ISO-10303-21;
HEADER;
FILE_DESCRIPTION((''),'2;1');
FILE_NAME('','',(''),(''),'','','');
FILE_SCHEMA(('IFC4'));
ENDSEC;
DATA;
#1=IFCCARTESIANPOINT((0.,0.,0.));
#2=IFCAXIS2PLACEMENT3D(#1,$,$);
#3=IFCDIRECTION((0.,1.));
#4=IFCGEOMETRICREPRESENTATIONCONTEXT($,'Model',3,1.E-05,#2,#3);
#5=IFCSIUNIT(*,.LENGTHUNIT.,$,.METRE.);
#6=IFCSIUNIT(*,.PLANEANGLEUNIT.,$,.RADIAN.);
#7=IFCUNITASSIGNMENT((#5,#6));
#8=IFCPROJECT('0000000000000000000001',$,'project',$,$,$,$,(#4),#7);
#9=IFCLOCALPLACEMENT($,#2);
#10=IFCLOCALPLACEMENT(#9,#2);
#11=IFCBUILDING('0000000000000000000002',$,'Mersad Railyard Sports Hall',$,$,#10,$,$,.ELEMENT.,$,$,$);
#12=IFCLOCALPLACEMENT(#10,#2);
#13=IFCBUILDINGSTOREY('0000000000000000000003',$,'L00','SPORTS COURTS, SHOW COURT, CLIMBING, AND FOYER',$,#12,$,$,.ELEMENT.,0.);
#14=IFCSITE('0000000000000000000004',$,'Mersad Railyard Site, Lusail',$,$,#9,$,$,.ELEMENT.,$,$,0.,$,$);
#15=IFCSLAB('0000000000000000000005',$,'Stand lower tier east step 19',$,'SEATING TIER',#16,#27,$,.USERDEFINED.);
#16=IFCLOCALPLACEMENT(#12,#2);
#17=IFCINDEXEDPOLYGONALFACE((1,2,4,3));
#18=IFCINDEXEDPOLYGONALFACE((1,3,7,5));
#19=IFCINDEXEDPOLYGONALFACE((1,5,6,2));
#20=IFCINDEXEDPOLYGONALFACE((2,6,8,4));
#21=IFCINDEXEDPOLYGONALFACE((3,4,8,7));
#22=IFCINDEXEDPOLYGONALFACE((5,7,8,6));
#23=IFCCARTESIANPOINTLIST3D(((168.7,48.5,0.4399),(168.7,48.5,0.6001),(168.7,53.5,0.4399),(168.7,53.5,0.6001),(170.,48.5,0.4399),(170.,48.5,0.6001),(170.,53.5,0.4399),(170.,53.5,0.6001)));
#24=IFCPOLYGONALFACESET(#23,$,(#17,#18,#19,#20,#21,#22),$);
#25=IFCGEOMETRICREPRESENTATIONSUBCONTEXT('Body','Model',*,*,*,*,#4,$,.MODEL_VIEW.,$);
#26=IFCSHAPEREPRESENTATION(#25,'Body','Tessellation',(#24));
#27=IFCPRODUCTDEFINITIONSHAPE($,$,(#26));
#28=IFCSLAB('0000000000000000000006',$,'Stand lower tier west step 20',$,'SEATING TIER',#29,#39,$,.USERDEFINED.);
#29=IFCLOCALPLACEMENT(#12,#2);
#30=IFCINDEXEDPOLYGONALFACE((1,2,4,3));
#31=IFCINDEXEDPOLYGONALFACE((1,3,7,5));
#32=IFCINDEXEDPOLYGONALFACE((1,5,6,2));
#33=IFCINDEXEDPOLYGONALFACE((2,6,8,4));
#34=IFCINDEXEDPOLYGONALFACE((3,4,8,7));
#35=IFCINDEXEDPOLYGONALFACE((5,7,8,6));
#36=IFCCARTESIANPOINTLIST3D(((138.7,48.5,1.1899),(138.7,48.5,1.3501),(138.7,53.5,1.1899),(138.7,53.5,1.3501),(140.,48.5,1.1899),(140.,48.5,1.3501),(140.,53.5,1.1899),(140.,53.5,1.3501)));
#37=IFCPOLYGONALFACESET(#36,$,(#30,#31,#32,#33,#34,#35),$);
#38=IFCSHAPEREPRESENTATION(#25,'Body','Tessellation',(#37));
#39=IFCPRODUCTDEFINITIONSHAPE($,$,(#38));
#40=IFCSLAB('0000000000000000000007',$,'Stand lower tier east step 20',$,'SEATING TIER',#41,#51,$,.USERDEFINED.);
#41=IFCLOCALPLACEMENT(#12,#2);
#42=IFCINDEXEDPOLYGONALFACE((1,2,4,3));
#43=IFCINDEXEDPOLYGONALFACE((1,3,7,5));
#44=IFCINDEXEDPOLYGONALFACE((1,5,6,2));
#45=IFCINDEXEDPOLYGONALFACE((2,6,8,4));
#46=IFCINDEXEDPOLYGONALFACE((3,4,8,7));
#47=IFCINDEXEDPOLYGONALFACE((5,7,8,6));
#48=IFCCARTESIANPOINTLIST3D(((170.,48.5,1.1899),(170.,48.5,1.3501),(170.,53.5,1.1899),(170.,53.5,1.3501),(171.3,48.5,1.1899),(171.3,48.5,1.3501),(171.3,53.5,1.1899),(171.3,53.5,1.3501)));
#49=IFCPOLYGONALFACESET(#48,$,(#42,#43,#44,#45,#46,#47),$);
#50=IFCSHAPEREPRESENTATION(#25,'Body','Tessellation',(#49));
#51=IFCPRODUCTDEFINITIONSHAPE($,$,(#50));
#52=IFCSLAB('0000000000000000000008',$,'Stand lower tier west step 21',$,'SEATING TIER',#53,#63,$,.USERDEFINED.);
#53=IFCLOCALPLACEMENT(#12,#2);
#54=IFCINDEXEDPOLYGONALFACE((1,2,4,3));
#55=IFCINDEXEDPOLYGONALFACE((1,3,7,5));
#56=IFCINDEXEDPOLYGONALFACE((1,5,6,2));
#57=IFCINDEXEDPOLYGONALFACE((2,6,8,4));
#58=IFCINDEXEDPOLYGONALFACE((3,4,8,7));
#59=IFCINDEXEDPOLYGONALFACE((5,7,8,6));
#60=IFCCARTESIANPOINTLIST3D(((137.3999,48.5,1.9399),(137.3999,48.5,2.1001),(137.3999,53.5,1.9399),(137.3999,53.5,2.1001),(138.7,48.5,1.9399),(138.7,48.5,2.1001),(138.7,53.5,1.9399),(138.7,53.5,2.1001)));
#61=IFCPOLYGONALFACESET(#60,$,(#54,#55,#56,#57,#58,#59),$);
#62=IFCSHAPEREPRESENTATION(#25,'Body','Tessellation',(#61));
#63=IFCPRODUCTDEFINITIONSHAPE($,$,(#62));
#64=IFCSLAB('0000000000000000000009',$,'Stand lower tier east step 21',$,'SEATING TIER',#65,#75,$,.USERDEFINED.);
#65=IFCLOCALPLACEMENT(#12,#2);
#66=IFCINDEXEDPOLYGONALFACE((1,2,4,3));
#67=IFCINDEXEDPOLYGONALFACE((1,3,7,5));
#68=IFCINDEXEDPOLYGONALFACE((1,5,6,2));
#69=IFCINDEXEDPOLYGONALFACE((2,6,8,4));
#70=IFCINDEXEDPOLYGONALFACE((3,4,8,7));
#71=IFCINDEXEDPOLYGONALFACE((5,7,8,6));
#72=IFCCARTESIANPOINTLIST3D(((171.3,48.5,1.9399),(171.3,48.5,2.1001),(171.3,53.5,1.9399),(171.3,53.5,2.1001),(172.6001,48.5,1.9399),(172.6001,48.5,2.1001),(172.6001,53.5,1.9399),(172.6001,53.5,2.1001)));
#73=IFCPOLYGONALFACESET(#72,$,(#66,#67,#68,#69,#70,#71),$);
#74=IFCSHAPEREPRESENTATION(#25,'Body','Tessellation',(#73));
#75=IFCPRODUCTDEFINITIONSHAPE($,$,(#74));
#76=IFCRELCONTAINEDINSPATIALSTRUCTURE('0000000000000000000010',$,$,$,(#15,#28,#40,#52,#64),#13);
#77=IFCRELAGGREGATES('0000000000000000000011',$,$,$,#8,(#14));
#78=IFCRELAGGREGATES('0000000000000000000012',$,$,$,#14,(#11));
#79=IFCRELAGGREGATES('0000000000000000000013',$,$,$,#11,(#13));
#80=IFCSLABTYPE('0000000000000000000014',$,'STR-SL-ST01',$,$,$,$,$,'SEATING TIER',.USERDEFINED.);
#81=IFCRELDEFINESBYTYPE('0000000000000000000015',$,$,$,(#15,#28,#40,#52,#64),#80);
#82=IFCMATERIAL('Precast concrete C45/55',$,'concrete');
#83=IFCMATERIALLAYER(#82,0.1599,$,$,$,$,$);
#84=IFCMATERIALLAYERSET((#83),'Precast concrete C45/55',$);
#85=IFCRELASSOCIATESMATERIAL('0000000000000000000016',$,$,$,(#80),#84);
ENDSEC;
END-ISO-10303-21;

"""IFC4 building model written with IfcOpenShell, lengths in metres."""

from ifc_helpers import new_model, si_unit, direction, frame, origin, place, context, subcontext, project, spatial, polyline, outline, extrude, material, layer, layer_set, type_object, element, save


model = new_model("IFC4")

# Units and contexts
model_context = context("Model", 3, precision=1e-05, world=origin(), true_north=direction((0.0, 1.0)))
body_context = subcontext(model_context, "Body", "Model", "MODEL_VIEW")
ifc_project = project(units=[si_unit("LENGTHUNIT", "METRE"), si_unit("PLANEANGLEUNIT", "RADIAN")], contexts=[model_context])

# Site, building, storey
site_placement = place(None, origin())
site = spatial("IfcSite", under=ifc_project, at=site_placement, Name="Mersad Railyard Site, Lusail", CompositionType="ELEMENT", RefElevation=0.0)
building_placement = place(site_placement, origin())
building = spatial("IfcBuilding", under=site, at=building_placement, Name="Mersad Railyard Sports Hall", CompositionType="ELEMENT")
storey_placement = place(building_placement, origin())
storey = spatial("IfcBuildingStorey", under=building, at=storey_placement, Name="L00", Description="SPORTS COURTS, SHOW COURT, CLIMBING, AND FOYER", CompositionType="ELEMENT", Elevation=0.0)

# Shared definitions
ifc_material_1 = material(Name="Precast concrete C45/55", Category="concrete")

# Slabs
ifc_layer_1 = layer(ifc_material_1, 0.1599)
ifc_layer_set_1 = layer_set([ifc_layer_1], Name="Precast concrete C45/55")
slab_type_1 = type_object("IfcSlabType", Name="STR-SL-ST01", ElementType="SEATING TIER", PredefinedType="USERDEFINED", material=ifc_layer_set_1)
slab_1_placement = place(storey_placement, frame((0.0, 0.0, 0.4399)))
element("IfcSlab", 1, at=slab_1_placement, inside=storey, type_object=slab_type_1, Name="Stand lower tier east step 19", ObjectType="SEATING TIER", PredefinedType="USERDEFINED", context=body_context, shape_type="SweptSolid", body=[
    extrude(outline(polyline([(168.7, 48.5), (170.0, 48.5), (170.0, 53.5), (168.7, 53.5), (168.7, 48.5)])), origin(), (0.0, 0.0, 1.0), 0.1602),
])
slab_2_placement = place(storey_placement, frame((0.0, 0.0, 1.1899)))
element("IfcSlab", 2, at=slab_2_placement, inside=storey, type_object=slab_type_1, Name="Stand lower tier west step 20", ObjectType="SEATING TIER", PredefinedType="USERDEFINED", context=body_context, shape_type="SweptSolid", body=[
    extrude(outline(polyline([(138.7, 48.5), (140.0, 48.5), (140.0, 53.5), (138.7, 53.5), (138.7, 48.5)])), origin(), (0.0, 0.0, 1.0), 0.1602),
])
slab_3_placement = place(storey_placement, frame((0.0, 0.0, 1.1899)))
element("IfcSlab", 3, at=slab_3_placement, inside=storey, type_object=slab_type_1, Name="Stand lower tier east step 20", ObjectType="SEATING TIER", PredefinedType="USERDEFINED", context=body_context, shape_type="SweptSolid", body=[
    extrude(outline(polyline([(170.0, 48.5), (171.3, 48.5), (171.3, 53.5), (170.0, 53.5), (170.0, 48.5)])), origin(), (0.0, 0.0, 1.0), 0.1602),
])
slab_4_placement = place(storey_placement, frame((0.0, 0.0, 1.9399)))
element("IfcSlab", 4, at=slab_4_placement, inside=storey, type_object=slab_type_1, Name="Stand lower tier west step 21", ObjectType="SEATING TIER", PredefinedType="USERDEFINED", context=body_context, shape_type="SweptSolid", body=[
    extrude(outline(polyline([(137.3999, 48.5), (138.7, 48.5), (138.7, 53.5), (137.3999, 53.5), (137.3999, 48.5)])), origin(), (0.0, 0.0, 1.0), 0.1602),
])
slab_5_placement = place(storey_placement, frame((0.0, 0.0, 1.9399)))
element("IfcSlab", 5, at=slab_5_placement, inside=storey, type_object=slab_type_1, Name="Stand lower tier east step 21", ObjectType="SEATING TIER", PredefinedType="USERDEFINED", context=body_context, shape_type="SweptSolid", body=[
    extrude(outline(polyline([(171.3, 48.5), (172.6001, 48.5), (172.6001, 53.5), (171.3, 53.5), (171.3, 48.5)])), origin(), (0.0, 0.0, 1.0), 0.1602),
])

save(model, "model.ifc")
